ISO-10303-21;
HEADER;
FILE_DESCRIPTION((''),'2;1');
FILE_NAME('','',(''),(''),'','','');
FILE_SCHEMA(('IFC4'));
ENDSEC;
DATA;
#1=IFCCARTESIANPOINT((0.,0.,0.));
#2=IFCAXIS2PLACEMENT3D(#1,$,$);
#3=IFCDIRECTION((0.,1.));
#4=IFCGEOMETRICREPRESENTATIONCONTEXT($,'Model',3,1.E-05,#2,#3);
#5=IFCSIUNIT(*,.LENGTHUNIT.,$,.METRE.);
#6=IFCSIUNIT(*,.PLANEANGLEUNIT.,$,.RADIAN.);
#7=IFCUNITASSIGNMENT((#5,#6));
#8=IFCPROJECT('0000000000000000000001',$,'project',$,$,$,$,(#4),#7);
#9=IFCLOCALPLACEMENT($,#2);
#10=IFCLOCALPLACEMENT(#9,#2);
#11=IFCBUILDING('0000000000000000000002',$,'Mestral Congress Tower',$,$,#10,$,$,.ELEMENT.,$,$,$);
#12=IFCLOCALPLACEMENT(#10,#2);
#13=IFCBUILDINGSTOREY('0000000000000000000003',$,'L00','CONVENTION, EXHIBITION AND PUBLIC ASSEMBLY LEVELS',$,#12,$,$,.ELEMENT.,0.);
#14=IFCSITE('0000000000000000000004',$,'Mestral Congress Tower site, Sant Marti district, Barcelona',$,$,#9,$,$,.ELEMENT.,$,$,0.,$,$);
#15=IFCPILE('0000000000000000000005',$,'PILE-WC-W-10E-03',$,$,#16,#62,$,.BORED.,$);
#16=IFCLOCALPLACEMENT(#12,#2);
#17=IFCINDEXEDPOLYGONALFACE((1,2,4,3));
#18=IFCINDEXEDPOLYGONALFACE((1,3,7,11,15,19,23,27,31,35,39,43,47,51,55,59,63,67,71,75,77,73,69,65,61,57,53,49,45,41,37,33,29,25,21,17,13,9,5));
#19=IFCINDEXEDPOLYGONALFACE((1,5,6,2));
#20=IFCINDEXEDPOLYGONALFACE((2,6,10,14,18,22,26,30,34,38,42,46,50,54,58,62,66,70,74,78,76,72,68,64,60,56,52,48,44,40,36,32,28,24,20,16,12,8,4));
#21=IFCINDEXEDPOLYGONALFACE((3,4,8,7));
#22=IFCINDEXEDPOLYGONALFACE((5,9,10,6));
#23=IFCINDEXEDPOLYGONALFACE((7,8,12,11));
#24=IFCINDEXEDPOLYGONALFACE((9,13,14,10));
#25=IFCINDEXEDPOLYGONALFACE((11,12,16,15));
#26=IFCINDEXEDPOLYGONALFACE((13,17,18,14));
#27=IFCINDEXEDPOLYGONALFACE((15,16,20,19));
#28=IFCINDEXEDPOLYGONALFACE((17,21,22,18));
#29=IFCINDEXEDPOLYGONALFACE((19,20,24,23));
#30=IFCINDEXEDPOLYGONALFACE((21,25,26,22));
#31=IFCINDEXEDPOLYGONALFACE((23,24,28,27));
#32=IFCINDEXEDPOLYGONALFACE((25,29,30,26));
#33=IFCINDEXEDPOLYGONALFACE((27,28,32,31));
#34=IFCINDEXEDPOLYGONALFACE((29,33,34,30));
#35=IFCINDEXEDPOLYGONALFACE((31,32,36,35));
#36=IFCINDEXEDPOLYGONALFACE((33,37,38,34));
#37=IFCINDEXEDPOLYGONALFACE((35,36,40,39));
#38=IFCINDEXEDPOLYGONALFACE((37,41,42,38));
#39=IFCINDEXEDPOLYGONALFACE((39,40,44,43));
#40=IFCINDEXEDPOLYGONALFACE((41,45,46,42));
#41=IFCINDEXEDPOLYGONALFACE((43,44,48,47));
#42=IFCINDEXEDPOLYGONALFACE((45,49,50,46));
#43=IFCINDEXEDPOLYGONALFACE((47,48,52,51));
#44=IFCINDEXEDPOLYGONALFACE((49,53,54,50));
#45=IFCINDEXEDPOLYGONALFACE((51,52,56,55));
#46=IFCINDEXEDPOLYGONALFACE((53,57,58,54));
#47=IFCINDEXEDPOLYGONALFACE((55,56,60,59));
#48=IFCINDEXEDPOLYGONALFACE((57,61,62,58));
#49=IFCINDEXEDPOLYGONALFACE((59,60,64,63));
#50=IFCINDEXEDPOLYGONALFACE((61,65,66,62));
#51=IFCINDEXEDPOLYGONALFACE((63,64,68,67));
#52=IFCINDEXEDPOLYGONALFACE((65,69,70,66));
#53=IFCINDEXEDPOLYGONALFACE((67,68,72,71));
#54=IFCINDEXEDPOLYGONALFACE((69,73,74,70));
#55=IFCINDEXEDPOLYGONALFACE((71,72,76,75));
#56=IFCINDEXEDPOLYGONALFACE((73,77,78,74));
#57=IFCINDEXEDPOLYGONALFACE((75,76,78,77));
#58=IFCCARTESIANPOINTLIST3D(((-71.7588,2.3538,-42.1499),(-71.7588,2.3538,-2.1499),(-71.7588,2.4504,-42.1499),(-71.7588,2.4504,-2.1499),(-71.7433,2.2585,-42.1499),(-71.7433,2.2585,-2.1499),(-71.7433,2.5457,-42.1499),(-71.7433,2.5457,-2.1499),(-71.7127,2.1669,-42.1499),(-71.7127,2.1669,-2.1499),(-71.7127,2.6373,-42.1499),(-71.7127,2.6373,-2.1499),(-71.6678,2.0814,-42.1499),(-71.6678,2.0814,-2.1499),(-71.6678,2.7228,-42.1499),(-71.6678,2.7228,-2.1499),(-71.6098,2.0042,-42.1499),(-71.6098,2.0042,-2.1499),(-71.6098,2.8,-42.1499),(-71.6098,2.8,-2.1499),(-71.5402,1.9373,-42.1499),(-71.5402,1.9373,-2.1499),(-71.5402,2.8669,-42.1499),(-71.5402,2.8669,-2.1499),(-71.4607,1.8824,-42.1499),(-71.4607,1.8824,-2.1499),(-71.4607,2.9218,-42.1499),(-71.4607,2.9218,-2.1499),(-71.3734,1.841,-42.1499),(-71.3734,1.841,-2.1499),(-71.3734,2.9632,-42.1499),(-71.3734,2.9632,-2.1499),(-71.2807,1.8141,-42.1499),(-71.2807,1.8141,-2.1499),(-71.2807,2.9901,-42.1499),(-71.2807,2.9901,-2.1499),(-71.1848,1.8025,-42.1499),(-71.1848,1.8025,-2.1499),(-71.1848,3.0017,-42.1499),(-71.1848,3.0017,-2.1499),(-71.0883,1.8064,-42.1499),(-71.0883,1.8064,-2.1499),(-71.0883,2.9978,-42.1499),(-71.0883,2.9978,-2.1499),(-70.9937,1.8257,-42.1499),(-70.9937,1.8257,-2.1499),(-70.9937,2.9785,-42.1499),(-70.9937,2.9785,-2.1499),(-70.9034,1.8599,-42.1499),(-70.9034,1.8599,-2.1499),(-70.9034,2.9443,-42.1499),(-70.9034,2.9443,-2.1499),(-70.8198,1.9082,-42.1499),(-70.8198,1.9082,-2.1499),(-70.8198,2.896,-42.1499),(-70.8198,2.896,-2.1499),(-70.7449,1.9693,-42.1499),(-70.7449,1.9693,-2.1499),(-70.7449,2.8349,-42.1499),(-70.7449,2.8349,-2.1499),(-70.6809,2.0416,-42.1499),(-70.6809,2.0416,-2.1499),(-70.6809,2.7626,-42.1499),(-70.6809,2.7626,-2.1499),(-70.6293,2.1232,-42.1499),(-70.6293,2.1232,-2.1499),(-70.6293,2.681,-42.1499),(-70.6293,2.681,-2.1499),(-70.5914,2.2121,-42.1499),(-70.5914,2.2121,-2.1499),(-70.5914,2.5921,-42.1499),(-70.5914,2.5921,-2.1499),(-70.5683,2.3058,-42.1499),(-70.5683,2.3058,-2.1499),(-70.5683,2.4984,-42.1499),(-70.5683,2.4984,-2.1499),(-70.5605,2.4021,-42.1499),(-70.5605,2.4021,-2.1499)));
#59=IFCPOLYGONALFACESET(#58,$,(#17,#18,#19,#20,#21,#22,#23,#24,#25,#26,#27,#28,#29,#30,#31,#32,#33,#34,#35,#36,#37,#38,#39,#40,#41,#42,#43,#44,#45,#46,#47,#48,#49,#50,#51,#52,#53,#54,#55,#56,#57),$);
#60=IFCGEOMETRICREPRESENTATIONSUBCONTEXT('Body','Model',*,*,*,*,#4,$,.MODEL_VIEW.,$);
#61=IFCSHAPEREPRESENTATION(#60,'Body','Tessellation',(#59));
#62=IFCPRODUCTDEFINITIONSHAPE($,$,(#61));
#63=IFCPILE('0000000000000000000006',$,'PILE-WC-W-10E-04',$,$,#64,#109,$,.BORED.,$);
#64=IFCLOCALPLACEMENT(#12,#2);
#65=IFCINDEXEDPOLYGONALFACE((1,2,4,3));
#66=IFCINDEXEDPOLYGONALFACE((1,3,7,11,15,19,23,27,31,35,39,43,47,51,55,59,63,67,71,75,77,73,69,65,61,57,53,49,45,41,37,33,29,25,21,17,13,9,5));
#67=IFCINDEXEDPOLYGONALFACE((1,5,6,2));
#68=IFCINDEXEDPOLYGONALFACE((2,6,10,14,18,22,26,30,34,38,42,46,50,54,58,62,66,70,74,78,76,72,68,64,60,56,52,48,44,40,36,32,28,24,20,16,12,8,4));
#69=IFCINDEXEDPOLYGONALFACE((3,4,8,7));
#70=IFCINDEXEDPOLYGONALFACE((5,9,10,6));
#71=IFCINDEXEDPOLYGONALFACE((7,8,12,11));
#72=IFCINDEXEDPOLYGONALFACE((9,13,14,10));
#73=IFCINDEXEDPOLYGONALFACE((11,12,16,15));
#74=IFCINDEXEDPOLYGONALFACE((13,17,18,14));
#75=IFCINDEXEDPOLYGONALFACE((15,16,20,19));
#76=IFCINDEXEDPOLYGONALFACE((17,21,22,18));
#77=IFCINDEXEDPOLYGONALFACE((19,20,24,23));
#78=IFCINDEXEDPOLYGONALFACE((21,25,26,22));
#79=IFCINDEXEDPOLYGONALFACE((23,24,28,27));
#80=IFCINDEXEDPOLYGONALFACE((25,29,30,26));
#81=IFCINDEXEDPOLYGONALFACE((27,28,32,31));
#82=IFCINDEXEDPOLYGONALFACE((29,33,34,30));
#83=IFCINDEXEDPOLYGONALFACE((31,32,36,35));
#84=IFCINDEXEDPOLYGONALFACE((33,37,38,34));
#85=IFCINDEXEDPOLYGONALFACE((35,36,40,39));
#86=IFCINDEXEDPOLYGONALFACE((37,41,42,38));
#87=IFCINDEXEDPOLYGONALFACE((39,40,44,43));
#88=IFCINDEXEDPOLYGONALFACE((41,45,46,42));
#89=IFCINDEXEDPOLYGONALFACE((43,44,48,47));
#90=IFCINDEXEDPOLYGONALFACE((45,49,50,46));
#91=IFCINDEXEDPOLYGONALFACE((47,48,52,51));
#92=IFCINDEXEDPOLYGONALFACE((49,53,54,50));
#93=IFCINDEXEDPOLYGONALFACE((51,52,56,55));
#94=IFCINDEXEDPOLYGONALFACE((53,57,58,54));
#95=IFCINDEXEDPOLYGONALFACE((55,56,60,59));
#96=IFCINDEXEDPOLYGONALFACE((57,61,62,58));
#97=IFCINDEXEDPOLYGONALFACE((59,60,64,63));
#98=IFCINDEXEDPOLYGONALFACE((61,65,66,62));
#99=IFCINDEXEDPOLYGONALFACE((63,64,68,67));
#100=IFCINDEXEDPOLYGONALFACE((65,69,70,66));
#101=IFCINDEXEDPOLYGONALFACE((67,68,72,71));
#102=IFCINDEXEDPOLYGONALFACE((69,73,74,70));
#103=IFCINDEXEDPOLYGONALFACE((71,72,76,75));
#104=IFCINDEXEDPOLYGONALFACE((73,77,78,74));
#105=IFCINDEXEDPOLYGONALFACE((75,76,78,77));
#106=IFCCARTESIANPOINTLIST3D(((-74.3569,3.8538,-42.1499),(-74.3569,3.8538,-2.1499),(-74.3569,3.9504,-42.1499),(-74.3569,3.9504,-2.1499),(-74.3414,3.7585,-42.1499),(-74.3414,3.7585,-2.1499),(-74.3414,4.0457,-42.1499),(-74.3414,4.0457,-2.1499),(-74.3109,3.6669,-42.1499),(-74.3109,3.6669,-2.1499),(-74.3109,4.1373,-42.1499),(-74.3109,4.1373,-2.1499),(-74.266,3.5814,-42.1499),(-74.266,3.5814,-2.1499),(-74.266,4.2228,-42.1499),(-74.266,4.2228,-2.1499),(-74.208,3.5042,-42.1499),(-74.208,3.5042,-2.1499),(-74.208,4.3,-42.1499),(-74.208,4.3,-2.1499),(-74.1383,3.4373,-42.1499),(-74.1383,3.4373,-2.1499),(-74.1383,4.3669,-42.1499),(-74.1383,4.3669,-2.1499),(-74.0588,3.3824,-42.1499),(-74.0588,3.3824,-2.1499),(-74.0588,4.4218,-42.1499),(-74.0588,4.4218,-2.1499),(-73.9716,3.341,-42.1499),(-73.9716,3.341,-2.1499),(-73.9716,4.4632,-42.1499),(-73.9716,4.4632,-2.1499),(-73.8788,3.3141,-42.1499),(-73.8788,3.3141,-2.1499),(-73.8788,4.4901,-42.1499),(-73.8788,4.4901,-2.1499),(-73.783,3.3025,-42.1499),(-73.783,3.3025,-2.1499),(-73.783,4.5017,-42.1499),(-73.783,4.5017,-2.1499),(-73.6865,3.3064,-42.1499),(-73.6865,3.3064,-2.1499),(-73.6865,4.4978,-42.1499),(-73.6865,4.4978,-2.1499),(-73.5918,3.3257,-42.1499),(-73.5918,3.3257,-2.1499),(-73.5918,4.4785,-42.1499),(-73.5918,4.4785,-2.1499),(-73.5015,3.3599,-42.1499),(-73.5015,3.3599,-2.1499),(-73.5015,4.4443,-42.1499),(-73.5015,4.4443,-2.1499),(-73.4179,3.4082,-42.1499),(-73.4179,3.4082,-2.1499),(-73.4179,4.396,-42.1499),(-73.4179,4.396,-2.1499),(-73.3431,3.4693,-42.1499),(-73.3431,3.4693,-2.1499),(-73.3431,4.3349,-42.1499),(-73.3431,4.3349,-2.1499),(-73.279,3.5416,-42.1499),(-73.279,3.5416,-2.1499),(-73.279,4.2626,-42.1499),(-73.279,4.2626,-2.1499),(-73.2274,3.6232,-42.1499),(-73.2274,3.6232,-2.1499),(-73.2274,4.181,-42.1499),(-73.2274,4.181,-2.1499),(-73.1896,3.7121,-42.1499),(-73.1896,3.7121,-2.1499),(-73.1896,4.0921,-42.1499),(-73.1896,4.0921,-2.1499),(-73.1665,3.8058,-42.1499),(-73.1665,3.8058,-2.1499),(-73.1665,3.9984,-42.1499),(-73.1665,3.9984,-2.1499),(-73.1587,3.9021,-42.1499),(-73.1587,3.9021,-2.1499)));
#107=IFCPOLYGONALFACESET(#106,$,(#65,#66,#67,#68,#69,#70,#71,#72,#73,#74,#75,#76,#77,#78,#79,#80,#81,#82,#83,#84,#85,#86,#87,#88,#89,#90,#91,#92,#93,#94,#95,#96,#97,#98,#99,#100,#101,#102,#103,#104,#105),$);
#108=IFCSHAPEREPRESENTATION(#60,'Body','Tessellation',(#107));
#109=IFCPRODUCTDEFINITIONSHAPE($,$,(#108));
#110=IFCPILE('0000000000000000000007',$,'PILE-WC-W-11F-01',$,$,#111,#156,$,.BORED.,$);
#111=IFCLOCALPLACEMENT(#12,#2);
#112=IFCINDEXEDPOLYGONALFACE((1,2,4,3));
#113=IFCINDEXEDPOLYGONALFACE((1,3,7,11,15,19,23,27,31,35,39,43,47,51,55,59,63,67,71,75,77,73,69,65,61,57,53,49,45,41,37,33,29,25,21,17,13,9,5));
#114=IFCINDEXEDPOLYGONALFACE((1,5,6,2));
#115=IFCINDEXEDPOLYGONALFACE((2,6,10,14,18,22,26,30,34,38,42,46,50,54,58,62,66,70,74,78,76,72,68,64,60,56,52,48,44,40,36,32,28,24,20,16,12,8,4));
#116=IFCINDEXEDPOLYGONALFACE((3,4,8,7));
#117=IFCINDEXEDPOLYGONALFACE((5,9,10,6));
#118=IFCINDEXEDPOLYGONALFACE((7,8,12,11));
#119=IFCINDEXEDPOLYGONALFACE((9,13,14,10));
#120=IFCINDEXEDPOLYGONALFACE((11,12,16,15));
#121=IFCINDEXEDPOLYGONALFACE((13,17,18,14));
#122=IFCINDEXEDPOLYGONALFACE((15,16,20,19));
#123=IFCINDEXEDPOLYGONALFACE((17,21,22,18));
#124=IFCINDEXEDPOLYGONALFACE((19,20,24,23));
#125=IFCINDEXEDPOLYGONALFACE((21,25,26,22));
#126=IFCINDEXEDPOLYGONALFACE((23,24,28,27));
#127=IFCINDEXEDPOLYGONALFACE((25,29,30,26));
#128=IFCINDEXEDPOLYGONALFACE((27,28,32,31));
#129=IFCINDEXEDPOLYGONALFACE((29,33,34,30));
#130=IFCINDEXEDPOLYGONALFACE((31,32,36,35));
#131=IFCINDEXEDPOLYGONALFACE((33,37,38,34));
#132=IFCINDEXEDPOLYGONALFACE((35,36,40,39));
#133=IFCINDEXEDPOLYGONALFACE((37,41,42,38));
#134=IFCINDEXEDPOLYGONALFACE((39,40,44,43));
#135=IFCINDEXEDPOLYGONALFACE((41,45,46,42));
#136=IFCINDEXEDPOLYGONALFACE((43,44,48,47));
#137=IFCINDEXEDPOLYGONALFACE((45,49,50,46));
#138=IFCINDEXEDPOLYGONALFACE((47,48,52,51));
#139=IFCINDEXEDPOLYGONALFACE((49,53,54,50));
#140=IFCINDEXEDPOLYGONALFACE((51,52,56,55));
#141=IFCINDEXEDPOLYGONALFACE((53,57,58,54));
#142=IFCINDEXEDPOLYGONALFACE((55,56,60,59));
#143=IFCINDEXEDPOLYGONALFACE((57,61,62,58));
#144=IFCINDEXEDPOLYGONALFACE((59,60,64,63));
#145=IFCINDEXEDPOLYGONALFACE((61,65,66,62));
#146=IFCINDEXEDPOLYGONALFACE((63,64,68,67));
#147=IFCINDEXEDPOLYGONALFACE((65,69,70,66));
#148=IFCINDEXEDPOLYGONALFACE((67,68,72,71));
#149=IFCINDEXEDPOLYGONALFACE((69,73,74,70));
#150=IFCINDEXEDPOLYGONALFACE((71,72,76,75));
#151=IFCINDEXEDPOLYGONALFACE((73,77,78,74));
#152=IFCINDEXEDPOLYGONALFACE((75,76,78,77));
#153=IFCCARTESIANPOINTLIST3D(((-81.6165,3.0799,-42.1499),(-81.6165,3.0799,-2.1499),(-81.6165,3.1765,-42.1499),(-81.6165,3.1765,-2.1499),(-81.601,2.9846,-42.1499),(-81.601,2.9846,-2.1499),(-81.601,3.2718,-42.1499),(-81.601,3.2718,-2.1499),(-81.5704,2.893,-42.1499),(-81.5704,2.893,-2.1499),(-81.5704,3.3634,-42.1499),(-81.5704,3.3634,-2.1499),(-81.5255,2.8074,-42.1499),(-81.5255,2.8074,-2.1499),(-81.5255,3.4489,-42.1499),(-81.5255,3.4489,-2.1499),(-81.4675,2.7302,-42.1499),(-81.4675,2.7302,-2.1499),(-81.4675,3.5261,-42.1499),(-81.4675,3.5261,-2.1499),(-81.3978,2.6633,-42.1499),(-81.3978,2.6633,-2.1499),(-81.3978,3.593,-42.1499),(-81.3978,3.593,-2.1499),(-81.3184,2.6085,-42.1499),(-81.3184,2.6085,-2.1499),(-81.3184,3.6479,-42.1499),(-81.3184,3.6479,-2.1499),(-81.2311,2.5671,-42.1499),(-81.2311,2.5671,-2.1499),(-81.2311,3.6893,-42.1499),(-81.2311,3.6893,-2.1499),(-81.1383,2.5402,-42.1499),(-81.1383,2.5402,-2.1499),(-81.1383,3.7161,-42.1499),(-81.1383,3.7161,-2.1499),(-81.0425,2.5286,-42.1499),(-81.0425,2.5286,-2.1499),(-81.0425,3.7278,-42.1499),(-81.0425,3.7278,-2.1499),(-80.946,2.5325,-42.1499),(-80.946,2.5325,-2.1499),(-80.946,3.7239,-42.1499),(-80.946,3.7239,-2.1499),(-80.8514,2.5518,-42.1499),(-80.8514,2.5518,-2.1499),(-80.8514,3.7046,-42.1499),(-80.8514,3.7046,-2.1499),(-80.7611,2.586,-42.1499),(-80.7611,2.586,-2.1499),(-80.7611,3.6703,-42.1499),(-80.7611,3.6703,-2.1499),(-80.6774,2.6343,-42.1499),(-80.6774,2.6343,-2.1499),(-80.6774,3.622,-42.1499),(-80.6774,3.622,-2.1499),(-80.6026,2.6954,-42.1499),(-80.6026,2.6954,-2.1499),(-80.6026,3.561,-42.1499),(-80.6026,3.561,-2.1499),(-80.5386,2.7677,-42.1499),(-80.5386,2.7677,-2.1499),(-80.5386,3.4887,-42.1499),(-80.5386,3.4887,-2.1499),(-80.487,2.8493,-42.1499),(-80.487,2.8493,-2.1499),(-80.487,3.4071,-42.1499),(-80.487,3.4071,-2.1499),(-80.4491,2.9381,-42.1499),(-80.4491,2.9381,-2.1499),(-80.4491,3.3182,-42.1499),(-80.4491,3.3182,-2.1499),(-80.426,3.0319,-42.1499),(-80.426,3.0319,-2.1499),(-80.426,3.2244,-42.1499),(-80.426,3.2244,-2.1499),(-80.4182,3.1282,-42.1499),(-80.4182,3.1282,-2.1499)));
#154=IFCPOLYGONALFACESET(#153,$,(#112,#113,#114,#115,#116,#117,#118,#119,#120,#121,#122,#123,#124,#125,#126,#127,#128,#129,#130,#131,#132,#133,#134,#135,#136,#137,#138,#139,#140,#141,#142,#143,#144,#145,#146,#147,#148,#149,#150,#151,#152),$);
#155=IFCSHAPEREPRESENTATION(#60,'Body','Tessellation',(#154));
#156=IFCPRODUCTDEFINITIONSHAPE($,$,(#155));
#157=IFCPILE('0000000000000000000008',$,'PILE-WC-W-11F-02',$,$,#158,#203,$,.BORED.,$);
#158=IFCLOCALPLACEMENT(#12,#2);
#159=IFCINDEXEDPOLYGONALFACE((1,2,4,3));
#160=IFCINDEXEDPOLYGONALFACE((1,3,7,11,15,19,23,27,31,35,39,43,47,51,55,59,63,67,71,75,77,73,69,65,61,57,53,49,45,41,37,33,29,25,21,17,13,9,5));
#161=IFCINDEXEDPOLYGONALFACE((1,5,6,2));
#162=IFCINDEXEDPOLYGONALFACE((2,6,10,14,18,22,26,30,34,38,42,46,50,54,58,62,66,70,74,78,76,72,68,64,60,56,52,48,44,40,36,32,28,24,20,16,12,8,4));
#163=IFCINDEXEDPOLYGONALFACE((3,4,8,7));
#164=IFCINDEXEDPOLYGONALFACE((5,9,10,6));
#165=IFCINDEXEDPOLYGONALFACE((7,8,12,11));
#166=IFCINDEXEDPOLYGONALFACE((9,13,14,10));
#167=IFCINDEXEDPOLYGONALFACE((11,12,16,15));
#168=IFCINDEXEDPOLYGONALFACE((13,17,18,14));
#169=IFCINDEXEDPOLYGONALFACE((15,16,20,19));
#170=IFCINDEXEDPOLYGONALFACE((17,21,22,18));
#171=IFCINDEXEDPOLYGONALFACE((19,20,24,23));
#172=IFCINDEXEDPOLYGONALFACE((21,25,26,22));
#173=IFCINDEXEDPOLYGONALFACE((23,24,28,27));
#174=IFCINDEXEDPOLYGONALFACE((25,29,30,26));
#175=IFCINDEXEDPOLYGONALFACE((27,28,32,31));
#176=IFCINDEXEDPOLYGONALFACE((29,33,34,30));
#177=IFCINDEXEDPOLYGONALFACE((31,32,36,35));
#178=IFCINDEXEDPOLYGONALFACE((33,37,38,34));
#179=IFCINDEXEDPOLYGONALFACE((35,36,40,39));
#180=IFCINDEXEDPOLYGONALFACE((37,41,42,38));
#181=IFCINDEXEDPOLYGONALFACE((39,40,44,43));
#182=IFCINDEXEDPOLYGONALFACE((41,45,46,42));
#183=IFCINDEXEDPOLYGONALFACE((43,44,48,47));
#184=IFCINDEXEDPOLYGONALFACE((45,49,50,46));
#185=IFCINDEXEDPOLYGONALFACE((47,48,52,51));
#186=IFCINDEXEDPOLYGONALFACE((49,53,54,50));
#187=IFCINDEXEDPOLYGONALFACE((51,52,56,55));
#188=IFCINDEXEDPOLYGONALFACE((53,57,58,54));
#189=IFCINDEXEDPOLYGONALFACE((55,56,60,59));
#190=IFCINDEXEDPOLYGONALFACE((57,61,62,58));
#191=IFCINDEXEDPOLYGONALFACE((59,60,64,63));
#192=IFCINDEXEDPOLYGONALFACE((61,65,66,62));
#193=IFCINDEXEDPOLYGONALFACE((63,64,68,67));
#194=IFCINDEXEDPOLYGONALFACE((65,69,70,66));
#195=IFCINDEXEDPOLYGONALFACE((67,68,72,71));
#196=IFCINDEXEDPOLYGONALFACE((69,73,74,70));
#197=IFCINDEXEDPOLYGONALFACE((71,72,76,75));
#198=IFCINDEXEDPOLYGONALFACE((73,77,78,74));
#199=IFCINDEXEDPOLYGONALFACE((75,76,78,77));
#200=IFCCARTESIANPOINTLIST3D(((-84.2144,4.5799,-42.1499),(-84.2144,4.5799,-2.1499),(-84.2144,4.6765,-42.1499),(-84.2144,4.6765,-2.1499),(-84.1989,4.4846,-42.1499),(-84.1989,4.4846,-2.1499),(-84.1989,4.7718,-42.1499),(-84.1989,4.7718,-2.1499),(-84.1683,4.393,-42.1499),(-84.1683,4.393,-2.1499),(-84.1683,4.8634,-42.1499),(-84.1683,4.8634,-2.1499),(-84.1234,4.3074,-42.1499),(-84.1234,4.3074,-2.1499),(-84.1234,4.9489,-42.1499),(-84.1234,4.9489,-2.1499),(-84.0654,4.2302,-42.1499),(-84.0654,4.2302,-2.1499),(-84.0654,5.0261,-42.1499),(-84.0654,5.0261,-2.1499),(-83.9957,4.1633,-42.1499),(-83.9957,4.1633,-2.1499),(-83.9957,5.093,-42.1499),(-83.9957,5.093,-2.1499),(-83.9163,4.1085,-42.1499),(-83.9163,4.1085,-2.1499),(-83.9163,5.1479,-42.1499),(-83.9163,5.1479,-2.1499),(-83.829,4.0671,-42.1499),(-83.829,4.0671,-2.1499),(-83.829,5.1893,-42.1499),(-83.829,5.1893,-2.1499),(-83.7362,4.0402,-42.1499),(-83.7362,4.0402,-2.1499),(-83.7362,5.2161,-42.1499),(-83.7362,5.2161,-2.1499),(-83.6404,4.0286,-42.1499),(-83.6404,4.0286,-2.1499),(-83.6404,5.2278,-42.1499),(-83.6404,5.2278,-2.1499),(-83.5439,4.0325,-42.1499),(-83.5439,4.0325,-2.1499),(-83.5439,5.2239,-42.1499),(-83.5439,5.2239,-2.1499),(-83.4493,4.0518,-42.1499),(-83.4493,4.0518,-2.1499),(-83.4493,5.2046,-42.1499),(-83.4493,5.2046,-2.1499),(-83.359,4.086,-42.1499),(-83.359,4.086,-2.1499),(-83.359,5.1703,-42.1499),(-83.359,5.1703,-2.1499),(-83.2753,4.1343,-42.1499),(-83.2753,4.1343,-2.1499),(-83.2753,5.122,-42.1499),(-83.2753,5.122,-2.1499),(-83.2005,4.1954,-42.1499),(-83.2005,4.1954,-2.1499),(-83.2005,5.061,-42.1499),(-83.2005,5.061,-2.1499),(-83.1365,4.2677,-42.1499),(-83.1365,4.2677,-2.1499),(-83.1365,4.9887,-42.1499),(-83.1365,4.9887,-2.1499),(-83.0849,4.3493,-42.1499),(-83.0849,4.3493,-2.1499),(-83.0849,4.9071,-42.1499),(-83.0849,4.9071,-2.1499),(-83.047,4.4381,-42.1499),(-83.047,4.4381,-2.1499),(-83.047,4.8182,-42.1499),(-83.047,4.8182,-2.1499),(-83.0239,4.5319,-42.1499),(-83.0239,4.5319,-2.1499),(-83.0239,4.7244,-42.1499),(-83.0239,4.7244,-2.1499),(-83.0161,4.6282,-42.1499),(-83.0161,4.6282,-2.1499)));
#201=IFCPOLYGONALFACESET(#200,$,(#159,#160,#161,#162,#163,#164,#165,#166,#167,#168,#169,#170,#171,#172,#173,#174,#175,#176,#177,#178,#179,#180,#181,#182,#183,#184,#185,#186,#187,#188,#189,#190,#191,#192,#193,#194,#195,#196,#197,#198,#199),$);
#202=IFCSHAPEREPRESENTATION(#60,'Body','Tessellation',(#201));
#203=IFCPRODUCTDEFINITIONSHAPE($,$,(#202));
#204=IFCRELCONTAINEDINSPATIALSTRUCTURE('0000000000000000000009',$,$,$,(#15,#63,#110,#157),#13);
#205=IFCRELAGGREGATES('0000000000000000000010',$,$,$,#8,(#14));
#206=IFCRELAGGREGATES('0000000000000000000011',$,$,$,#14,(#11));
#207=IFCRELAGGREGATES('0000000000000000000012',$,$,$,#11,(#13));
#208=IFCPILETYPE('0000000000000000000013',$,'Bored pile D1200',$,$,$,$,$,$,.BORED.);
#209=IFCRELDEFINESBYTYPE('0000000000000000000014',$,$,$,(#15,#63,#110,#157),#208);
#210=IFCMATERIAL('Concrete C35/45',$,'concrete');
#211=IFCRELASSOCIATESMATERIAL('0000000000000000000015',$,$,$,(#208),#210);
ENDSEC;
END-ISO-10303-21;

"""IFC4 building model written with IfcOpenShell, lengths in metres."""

from ifc_helpers import new_model, si_unit, direction, frame, origin, origin_2d, place, context, subcontext, project, spatial, circle, extrude, material, material_profile, profile_set, type_object, element, save


model = new_model("IFC4")

# Units and contexts
model_context = context("Model", 3, precision=1e-05, world=origin(), true_north=direction((0.0, 1.0)))
body_context = subcontext(model_context, "Body", "Model", "MODEL_VIEW")
ifc_project = project(units=[si_unit("LENGTHUNIT", "METRE"), si_unit("PLANEANGLEUNIT", "RADIAN")], contexts=[model_context])

# Site, building, storey
site_placement = place(None, origin())
site = spatial("IfcSite", under=ifc_project, at=site_placement, Name="Mestral Congress Tower site, Sant Marti district, Barcelona", CompositionType="ELEMENT", RefElevation=0.0)
building_placement = place(site_placement, origin())
building = spatial("IfcBuilding", under=site, at=building_placement, Name="Mestral Congress Tower", CompositionType="ELEMENT")
storey_placement = place(building_placement, origin())
storey = spatial("IfcBuildingStorey", under=building, at=storey_placement, Name="L00", Description="CONVENTION, EXHIBITION AND PUBLIC ASSEMBLY LEVELS", CompositionType="ELEMENT", Elevation=0.0)

# Piles
ifc_material_1 = material(Name="Concrete C35/45", Category="concrete")
ifc_material_profile_1 = material_profile(ifc_material_1, circle(Radius=0.6001, at=origin_2d()), Name="D1200")
ifc_profile_set_1 = profile_set([ifc_material_profile_1], Name="Concrete C35/45")
pile_type = type_object("IfcPileType", Name="Bored pile D1200", PredefinedType="BORED", material=ifc_profile_set_1)
for number, where, z_axis, x_axis, name in (
    (1, (-71.1606, 2.4021, -2.1499), (0.0, 0.0, -1.0), (1.0, 0.0, 0.0), "PILE-WC-W-10E-03"),
    (2, (-73.7588, 3.9021, -2.1499), (0.0, 0.0, -1.0), (1.0, 0.0, 0.0), "PILE-WC-W-10E-04"),
    (3, (-81.0183, 3.1282, -2.1499), (0.0, 0.0, -1.0), (1.0, 0.0, 0.0), "PILE-WC-W-11F-01"),
    (4, (-83.6162, 4.6282, -2.1499), (0.0, 0.0, -1.0), (1.0, 0.0, 0.0), "PILE-WC-W-11F-02"),
):
    element("IfcPile", number, at=place(storey_placement, frame(where, z_axis=z_axis, x_axis=x_axis)), inside=storey, type_object=pile_type, Name=name, PredefinedType="BORED", context=body_context, shape_type="SweptSolid", body=[
        extrude(circle(Radius=0.6001, at=origin_2d()), origin(), (0.0, 0.0, 1.0), 40.0),
    ])

save(model, "model.ifc")
